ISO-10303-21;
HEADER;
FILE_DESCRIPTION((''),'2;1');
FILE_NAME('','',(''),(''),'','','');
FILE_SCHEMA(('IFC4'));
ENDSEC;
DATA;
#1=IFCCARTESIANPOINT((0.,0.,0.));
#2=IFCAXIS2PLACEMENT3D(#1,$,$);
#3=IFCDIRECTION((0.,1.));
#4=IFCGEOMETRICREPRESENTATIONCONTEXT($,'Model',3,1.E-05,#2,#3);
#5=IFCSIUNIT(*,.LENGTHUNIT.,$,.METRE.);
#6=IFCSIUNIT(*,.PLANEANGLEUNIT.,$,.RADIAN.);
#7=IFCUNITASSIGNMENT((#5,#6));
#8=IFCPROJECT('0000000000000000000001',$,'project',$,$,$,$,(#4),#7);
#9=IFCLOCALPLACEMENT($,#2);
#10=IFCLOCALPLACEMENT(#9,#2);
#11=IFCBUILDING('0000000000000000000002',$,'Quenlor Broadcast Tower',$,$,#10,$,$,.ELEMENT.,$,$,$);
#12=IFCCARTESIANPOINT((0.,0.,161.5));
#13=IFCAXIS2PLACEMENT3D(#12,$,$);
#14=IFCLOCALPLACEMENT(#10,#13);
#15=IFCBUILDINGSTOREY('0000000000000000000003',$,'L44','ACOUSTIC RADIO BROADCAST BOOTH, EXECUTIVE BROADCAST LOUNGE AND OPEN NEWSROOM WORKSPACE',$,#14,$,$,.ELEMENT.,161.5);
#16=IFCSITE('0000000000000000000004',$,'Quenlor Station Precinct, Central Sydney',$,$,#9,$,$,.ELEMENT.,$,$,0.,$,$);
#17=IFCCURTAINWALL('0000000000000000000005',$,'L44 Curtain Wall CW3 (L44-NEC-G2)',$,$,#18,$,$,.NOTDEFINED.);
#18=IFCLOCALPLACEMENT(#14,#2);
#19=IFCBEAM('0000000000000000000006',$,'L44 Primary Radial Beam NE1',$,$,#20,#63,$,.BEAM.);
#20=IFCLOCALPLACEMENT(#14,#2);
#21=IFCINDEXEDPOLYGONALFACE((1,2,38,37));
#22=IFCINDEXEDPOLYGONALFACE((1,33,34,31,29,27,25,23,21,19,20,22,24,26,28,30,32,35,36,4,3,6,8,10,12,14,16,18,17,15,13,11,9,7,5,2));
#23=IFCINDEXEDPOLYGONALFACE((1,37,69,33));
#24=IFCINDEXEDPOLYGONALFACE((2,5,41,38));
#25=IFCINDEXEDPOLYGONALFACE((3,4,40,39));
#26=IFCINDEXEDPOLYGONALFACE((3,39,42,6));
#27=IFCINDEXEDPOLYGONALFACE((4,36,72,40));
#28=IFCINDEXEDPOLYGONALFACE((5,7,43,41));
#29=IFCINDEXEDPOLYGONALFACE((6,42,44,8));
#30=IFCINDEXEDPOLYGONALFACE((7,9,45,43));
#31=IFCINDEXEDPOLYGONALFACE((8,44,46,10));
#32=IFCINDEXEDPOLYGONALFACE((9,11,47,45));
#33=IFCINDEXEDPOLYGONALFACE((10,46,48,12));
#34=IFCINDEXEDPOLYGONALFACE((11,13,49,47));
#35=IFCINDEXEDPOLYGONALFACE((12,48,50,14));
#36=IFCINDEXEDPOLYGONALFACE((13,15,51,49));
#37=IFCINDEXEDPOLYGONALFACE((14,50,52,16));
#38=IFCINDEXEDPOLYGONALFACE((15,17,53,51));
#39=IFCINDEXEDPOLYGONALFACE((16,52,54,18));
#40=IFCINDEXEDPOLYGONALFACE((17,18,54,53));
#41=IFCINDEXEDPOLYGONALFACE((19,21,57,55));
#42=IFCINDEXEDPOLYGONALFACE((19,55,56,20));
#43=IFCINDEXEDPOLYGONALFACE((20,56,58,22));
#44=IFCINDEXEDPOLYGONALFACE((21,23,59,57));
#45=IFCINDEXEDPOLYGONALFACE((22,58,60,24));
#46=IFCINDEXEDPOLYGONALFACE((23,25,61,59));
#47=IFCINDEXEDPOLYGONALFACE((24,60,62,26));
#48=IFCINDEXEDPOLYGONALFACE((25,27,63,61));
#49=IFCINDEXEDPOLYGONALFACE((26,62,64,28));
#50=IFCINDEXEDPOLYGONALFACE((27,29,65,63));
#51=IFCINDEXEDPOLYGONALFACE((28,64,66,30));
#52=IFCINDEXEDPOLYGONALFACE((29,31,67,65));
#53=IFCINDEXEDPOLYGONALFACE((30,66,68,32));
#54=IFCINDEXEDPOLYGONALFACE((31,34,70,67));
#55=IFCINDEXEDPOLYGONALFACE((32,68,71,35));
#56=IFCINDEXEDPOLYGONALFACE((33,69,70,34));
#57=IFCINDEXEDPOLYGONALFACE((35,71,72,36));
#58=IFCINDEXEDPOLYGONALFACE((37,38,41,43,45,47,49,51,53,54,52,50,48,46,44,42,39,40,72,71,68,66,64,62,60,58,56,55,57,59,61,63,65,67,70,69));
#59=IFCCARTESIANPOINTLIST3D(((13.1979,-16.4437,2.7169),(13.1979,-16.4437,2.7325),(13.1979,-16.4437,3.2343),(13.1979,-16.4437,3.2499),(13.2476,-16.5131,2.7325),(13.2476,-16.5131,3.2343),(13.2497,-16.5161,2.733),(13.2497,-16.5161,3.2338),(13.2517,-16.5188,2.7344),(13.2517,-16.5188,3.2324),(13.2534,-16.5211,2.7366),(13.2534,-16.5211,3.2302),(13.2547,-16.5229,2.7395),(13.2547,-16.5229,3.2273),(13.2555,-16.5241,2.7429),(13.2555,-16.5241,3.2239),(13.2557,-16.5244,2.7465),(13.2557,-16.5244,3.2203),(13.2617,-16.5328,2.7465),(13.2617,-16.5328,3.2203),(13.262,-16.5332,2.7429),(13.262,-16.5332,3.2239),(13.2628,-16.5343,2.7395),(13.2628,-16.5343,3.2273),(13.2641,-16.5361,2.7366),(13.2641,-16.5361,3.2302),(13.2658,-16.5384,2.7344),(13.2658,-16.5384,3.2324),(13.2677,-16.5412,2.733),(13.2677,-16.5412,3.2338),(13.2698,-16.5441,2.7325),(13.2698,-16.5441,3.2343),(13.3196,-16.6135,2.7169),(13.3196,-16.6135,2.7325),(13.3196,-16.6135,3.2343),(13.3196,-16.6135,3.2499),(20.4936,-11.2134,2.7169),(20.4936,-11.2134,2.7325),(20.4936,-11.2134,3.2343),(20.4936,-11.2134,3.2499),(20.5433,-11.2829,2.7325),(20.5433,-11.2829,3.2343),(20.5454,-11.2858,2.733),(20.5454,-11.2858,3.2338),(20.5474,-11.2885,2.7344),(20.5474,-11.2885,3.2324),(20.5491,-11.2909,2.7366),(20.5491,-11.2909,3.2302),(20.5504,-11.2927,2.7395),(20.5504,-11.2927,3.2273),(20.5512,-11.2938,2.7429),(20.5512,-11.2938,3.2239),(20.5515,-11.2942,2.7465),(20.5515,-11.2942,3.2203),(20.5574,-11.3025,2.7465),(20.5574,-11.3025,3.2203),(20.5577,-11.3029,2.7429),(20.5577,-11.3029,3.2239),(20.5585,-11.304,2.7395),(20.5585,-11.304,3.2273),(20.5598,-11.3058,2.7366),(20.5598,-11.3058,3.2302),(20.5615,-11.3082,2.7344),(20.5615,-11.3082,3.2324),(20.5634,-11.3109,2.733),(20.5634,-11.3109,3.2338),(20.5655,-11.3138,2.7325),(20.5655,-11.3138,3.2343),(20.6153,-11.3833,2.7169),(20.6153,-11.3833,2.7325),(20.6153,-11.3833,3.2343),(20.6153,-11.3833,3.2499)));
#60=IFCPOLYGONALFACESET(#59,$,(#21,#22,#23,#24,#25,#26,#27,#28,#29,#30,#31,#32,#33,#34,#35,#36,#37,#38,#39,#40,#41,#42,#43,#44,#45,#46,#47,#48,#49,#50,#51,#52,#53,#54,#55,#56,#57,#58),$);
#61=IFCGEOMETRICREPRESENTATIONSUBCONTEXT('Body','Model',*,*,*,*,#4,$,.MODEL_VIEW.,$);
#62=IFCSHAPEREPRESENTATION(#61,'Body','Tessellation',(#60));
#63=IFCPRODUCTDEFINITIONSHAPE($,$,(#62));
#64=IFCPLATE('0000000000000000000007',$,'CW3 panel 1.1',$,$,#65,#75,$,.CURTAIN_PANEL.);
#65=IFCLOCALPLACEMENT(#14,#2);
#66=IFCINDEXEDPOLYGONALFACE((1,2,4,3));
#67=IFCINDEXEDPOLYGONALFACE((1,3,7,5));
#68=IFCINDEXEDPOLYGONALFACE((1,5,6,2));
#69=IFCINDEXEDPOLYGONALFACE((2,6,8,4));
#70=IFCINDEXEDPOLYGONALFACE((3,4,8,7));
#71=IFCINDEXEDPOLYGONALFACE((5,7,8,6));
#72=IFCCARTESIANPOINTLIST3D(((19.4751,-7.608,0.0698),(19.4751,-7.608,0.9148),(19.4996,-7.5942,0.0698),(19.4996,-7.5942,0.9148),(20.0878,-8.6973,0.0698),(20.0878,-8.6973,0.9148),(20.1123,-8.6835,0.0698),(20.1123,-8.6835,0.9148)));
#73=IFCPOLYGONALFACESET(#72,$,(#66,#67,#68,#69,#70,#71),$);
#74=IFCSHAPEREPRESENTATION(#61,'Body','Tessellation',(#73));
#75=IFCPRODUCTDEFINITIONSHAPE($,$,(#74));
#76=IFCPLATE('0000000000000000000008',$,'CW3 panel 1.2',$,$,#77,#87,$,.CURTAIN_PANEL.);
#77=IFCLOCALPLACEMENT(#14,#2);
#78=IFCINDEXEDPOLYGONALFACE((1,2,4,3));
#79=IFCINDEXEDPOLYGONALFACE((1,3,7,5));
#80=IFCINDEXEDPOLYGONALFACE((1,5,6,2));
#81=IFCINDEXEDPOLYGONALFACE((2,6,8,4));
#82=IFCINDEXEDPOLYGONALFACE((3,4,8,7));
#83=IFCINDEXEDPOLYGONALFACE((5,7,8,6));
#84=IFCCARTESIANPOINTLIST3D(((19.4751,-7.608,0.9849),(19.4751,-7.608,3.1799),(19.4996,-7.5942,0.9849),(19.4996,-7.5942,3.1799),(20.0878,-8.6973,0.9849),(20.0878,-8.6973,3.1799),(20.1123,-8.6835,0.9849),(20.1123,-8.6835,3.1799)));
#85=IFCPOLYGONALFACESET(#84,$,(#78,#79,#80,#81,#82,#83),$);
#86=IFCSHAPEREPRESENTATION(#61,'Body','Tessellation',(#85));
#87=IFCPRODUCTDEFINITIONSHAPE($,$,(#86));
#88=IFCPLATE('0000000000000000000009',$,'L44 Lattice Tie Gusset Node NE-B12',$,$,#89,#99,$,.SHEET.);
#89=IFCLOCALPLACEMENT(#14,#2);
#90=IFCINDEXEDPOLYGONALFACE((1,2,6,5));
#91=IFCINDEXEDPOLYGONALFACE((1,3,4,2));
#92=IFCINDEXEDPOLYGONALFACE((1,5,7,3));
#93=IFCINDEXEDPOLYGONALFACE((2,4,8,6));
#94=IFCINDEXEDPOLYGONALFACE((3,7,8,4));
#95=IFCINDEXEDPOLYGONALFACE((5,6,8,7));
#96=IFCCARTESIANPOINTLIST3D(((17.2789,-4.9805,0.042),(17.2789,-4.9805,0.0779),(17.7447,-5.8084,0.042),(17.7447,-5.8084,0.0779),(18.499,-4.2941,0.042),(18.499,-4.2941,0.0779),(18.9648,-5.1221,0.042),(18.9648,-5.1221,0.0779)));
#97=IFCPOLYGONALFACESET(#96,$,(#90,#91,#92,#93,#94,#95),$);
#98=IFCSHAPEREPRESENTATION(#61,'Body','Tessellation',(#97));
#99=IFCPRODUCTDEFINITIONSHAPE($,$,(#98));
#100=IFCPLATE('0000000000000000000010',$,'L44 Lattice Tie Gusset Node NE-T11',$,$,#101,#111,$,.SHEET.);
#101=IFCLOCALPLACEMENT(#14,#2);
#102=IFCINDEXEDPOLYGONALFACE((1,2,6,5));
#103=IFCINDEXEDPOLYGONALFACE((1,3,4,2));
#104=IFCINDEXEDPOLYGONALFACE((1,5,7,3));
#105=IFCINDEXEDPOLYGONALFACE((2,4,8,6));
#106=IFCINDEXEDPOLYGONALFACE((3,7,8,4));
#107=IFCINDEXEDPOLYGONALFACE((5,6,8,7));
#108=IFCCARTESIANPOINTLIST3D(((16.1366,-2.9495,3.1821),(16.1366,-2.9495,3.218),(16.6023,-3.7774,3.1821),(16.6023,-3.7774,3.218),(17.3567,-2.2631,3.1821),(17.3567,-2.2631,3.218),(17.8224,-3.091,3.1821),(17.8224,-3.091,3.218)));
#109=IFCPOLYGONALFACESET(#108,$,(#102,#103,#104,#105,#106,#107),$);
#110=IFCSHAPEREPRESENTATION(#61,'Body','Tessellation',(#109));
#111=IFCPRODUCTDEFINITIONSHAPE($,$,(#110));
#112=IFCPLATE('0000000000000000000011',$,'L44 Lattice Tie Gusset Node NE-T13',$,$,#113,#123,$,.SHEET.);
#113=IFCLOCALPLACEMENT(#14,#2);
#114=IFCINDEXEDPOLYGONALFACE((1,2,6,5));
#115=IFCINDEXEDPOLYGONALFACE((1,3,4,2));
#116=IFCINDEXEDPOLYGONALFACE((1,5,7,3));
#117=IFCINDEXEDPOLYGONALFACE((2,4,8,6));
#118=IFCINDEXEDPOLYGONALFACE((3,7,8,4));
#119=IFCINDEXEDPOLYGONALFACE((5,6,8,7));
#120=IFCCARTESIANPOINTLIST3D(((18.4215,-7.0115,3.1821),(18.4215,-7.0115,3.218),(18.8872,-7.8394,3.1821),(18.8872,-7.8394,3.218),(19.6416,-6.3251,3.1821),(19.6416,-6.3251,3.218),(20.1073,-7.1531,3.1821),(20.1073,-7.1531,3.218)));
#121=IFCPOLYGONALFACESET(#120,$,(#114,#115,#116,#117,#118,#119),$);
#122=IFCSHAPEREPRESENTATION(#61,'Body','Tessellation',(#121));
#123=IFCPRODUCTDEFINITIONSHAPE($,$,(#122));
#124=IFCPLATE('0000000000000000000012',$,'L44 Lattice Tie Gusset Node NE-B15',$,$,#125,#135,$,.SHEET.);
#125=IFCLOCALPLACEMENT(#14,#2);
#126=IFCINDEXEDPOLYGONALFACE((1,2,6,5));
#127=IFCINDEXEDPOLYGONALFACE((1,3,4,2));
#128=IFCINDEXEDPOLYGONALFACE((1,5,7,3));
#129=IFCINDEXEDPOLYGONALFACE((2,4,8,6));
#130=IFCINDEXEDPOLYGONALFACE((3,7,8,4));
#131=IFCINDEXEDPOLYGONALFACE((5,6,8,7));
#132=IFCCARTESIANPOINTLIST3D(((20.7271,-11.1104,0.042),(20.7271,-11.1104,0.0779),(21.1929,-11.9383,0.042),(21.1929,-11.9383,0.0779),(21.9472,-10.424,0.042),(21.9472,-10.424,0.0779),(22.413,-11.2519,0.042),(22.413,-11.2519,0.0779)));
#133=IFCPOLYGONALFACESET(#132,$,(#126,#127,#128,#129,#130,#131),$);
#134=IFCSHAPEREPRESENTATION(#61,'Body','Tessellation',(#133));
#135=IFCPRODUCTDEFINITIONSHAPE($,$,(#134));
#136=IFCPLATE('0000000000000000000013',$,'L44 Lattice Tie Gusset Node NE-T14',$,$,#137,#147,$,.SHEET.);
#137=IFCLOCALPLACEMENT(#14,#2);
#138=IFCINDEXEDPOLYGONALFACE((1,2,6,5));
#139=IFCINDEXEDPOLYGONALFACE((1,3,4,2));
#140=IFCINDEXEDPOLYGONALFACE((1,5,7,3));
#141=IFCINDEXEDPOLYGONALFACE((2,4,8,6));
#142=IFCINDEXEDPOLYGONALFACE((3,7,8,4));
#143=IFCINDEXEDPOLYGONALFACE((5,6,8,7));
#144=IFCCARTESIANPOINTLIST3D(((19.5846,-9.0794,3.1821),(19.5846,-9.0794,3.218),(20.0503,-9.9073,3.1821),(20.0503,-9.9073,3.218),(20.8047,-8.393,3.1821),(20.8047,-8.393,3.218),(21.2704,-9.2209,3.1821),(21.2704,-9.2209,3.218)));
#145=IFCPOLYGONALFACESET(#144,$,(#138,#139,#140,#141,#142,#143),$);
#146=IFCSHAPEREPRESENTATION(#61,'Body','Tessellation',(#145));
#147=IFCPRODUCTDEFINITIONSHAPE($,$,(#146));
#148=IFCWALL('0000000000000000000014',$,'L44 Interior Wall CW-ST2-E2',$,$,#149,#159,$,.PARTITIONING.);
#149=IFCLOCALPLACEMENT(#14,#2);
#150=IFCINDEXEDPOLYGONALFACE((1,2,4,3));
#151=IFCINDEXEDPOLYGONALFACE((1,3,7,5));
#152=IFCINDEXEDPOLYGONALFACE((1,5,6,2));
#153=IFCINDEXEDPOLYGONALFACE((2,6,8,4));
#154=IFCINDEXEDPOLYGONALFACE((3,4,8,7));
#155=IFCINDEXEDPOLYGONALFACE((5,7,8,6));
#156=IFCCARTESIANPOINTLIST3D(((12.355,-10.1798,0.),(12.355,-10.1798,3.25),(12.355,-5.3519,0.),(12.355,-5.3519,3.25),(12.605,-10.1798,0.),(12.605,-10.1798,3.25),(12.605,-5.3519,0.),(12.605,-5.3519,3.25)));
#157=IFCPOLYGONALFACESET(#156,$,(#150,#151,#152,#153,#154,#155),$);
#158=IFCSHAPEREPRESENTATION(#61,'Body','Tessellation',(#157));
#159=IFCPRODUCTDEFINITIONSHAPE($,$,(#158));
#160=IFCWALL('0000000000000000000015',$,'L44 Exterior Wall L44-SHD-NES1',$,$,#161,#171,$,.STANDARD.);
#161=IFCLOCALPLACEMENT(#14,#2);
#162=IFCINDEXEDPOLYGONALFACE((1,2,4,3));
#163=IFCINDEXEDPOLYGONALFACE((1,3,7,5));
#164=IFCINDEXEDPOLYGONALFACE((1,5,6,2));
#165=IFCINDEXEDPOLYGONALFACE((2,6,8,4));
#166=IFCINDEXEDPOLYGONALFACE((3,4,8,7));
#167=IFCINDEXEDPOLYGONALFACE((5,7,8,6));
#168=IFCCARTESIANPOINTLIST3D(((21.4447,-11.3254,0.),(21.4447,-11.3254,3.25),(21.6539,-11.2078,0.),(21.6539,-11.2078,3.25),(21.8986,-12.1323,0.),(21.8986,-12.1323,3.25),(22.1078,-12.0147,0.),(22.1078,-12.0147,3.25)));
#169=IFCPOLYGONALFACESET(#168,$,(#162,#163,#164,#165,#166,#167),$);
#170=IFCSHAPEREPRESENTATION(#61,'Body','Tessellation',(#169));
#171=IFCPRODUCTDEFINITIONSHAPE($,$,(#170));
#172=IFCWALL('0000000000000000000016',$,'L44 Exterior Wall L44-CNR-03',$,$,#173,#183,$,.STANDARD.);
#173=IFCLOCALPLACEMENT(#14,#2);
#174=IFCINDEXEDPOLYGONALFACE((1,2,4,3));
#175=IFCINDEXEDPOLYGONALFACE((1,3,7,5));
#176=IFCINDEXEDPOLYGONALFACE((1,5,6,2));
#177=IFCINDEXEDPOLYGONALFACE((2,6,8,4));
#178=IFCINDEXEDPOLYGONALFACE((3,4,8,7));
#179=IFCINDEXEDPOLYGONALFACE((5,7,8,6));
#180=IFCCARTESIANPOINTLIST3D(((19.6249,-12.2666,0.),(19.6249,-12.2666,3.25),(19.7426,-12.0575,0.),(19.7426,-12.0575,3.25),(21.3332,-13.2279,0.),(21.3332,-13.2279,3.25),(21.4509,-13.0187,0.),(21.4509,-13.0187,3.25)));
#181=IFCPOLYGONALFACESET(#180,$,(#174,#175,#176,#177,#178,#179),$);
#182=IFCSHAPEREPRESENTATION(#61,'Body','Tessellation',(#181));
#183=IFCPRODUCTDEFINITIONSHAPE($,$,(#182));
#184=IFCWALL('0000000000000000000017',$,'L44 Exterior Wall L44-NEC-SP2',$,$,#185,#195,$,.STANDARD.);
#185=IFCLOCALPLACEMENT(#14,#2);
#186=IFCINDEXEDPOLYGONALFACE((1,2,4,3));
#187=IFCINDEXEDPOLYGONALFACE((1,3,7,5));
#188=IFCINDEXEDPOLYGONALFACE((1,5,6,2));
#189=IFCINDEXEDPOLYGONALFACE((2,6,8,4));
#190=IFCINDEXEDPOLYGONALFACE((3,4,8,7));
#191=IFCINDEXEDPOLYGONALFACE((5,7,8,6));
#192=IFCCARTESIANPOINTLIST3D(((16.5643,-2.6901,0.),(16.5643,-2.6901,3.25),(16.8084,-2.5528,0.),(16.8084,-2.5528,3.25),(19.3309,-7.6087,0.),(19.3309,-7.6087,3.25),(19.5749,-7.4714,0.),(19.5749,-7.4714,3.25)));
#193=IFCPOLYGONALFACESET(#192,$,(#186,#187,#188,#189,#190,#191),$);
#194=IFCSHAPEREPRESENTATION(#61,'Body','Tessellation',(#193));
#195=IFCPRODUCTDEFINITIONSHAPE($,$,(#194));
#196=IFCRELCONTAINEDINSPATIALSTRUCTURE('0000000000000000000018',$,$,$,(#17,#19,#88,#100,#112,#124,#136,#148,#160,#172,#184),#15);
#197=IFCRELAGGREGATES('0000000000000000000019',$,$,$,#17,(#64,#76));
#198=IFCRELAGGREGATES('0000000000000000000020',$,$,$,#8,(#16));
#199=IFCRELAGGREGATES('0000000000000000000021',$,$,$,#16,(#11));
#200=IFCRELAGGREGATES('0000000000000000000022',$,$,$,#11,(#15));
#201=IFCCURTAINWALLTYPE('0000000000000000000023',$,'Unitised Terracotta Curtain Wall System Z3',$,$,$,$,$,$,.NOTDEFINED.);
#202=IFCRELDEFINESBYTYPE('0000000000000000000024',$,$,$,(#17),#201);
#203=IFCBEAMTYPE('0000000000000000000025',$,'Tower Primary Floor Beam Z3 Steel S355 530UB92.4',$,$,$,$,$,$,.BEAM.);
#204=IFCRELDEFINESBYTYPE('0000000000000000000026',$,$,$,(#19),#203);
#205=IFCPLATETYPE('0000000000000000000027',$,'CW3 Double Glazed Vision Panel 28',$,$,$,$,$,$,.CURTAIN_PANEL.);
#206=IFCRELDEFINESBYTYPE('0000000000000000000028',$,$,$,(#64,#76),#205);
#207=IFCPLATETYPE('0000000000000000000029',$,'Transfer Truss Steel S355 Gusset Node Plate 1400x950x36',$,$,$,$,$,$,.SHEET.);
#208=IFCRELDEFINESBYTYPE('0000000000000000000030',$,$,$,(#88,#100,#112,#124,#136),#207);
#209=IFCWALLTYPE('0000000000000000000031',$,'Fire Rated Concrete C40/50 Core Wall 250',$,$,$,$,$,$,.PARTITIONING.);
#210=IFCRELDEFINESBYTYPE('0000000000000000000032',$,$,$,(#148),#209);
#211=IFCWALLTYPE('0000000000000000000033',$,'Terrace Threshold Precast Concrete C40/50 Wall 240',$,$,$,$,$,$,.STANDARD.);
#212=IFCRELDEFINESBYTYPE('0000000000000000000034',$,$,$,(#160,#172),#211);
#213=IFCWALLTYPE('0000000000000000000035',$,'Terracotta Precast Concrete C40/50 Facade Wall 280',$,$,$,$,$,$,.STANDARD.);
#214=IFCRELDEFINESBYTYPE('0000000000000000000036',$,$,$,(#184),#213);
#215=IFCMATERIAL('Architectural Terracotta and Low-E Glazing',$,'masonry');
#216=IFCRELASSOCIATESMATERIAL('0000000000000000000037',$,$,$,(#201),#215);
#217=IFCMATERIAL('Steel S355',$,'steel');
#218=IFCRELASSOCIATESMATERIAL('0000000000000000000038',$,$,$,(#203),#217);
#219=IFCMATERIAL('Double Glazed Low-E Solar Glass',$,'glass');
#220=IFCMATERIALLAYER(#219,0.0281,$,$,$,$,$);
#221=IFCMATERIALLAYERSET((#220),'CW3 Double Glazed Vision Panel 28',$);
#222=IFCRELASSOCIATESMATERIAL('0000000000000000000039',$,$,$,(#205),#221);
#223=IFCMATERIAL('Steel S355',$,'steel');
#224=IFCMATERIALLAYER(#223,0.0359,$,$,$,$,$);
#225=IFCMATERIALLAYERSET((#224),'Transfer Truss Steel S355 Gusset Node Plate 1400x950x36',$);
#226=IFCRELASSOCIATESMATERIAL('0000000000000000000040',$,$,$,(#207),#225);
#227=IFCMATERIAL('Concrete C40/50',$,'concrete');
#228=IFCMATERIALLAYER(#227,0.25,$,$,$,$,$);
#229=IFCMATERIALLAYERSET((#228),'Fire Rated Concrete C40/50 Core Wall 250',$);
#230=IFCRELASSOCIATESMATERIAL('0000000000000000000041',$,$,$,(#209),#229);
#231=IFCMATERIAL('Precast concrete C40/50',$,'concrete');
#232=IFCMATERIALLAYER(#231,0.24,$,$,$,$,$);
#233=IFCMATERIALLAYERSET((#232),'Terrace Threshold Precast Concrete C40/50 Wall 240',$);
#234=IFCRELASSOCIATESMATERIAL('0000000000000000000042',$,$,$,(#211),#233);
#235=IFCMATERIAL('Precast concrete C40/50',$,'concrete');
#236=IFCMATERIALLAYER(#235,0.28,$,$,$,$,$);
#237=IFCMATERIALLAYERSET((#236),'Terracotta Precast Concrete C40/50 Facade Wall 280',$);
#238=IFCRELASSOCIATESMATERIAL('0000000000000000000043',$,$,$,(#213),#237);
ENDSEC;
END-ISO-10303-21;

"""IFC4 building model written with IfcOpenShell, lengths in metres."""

from ifc_helpers import new_model, si_unit, direction, frame, frame_2d, origin, origin_2d, place, context, subcontext, project, spatial, rectangle, i_section, extrude, material, layer, layer_set, material_profile, profile_set, type_object, element, aggregate, save


model = new_model("IFC4")

# Units and contexts
model_context = context("Model", 3, precision=1e-05, world=origin(), true_north=direction((0.0, 1.0)))
body_context = subcontext(model_context, "Body", "Model", "MODEL_VIEW")
ifc_project = project(units=[si_unit("LENGTHUNIT", "METRE"), si_unit("PLANEANGLEUNIT", "RADIAN")], contexts=[model_context])

# Site, building, storey
site_placement = place(None, origin())
site = spatial("IfcSite", under=ifc_project, at=site_placement, Name="Quenlor Station Precinct, Central Sydney", CompositionType="ELEMENT", RefElevation=0.0)
building_placement = place(site_placement, origin())
building = spatial("IfcBuilding", under=site, at=building_placement, Name="Quenlor Broadcast Tower", CompositionType="ELEMENT")
storey_placement = place(building_placement, frame((0.0, 0.0, 161.5)))
storey = spatial("IfcBuildingStorey", under=building, at=storey_placement, Name="L44", Description="ACOUSTIC RADIO BROADCAST BOOTH, EXECUTIVE BROADCAST LOUNGE AND OPEN NEWSROOM WORKSPACE", CompositionType="ELEMENT", Elevation=161.5)

# Shared definitions
ifc_material_1 = material(Name="Architectural Terracotta and Low-E Glazing", Category="masonry")
curtain_wall_type = type_object("IfcCurtainWallType", Name="Unitised Terracotta Curtain Wall System Z3", PredefinedType="NOTDEFINED", material=ifc_material_1)

# Curtain wall
curtain_wall_1_placement = place(storey_placement, origin())
curtain_wall_1 = element("IfcCurtainWall", 1, at=curtain_wall_1_placement, inside=storey, type_object=curtain_wall_type, Name="L44 Curtain Wall CW3 (L44-NEC-G2)", PredefinedType="NOTDEFINED")

# Beam
ifc_material_2 = material(Name="Steel S355", Category="steel")
ifc_material_profile_1 = material_profile(ifc_material_2, i_section(OverallWidth=0.209, OverallDepth=0.533, WebThickness=0.0103, FlangeThickness=0.0156, FilletRadius=0.0139, at=origin_2d()))
ifc_profile_set_1 = profile_set([ifc_material_profile_1], Name="Steel S355 530UB92.4")
beam_type_1 = type_object("IfcBeamType", Name="Tower Primary Floor Beam Z3 Steel S355 530UB92.4", PredefinedType="BEAM", material=ifc_profile_set_1)
beam_1_placement = place(storey_placement, frame((20.5544, -11.2983, 2.9834), z_axis=(-0.812729, -0.582642, 0.0), x_axis=(0.582642, -0.812729, 0.0)))
element("IfcBeam", 2, at=beam_1_placement, inside=storey, type_object=beam_type_1, Name="L44 Primary Radial Beam NE1", PredefinedType="BEAM", context=body_context, shape_type="SweptSolid", body=[
    extrude(i_section(OverallWidth=0.209, OverallDepth=0.533, WebThickness=0.0103, FlangeThickness=0.0156, FilletRadius=0.0139, at=origin_2d()), origin(), (0.0, 0.0, 1.0), 8.9768),
])

# Plates
ifc_material_3 = material(Name="Double Glazed Low-E Solar Glass", Category="glass")
ifc_layer_1 = layer(ifc_material_3, 0.0281)
ifc_layer_set_1 = layer_set([ifc_layer_1], Name="CW3 Double Glazed Vision Panel 28")
plate_type_1 = type_object("IfcPlateType", Name="CW3 Double Glazed Vision Panel 28", PredefinedType="CURTAIN_PANEL", material=ifc_layer_set_1)
plate_1_placement = place(storey_placement, frame((19.7937, -8.1458, 0.0698), z_axis=(0.0, 0.0, 1.0), x_axis=(0.490261, -0.871576, 0.0)))
plate_1 = element("IfcPlate", 3, at=plate_1_placement, type_object=plate_type_1, Name="CW3 panel 1.1", PredefinedType="CURTAIN_PANEL", context=body_context, shape_type="SweptSolid", body=[
    extrude(rectangle(XDim=1.2498, YDim=0.0281, at=origin_2d()), origin(), (0.0, 0.0, 1.0), 0.845),
])
plate_2_placement = place(storey_placement, frame((19.7937, -8.1458, 0.9849), z_axis=(0.0, 0.0, 1.0), x_axis=(0.490261, -0.871576, 0.0)))
plate_2 = element("IfcPlate", 4, at=plate_2_placement, type_object=plate_type_1, Name="CW3 panel 1.2", PredefinedType="CURTAIN_PANEL", context=body_context, shape_type="SweptSolid", body=[
    extrude(rectangle(XDim=1.2498, YDim=0.0281, at=origin_2d()), origin(), (0.0, 0.0, 1.0), 2.1951),
])
aggregate(curtain_wall_1, [plate_1, plate_2])

# Plates
ifc_material_4 = material(Name="Steel S355", Category="steel")
ifc_layer_2 = layer(ifc_material_4, 0.0359)
ifc_layer_set_2 = layer_set([ifc_layer_2], Name="Transfer Truss Steel S355 Gusset Node Plate 1400x950x36")
plate_type_2 = type_object("IfcPlateType", Name="Transfer Truss Steel S355 Gusset Node Plate 1400x950x36", PredefinedType="SHEET", material=ifc_layer_set_2)
for number, where, z_axis, x_axis, name in (
    (5, (18.1218, -5.0513, 0.042), (0.0, 0.0, 1.0), (0.871556, 0.490295, 0.0), "L44 Lattice Tie Gusset Node NE-B12"),
    (6, (16.9795, -3.0203, 3.1821), (0.0, 0.0, 1.0), (0.871556, 0.490295, 0.0), "L44 Lattice Tie Gusset Node NE-T11"),
    (7, (19.2644, -7.0823, 3.1821), (0.0, 0.0, 1.0), (0.871556, 0.490295, 0.0), "L44 Lattice Tie Gusset Node NE-T13"),
    (8, (21.5701, -11.1812, 0.042), (0.0, 0.0, 1.0), (0.871556, 0.490295, 0.0), "L44 Lattice Tie Gusset Node NE-B15"),
    (9, (20.4275, -9.1501, 3.1821), (0.0, 0.0, 1.0), (0.871556, 0.490295, 0.0), "L44 Lattice Tie Gusset Node NE-T14"),
):
    element("IfcPlate", number, at=place(storey_placement, frame(where, z_axis=z_axis, x_axis=x_axis)), inside=storey, type_object=plate_type_2, Name=name, PredefinedType="SHEET", context=body_context, shape_type="SweptSolid", body=[
        extrude(rectangle(XDim=1.3999, YDim=0.95, at=origin_2d()), origin(), (0.0, 0.0, 1.0), 0.0359),
    ])

# Wall
ifc_material_5 = material(Name="Concrete C40/50", Category="concrete")
ifc_layer_3 = layer(ifc_material_5, 0.25)
ifc_layer_set_3 = layer_set([ifc_layer_3], Name="Fire Rated Concrete C40/50 Core Wall 250")
wall_type_1 = type_object("IfcWallType", Name="Fire Rated Concrete C40/50 Core Wall 250", PredefinedType="PARTITIONING", material=ifc_layer_set_3)
wall_1_placement = place(storey_placement, frame((12.48, -10.1799, 0.0), z_axis=(0.0, 0.0, 1.0), x_axis=(0.0, 1.0, 0.0)))
element("IfcWall", 10, at=wall_1_placement, inside=storey, type_object=wall_type_1, Name="L44 Interior Wall CW-ST2-E2", PredefinedType="PARTITIONING", context=body_context, shape_type="SweptSolid", body=[
    extrude(rectangle(XDim=4.8279, YDim=0.25, at=frame_2d((2.4141, 0.0))), origin(), (0.0, 0.0, 1.0), 3.25),
])

# Walls
ifc_material_6 = material(Name="Precast concrete C40/50", Category="concrete")
ifc_layer_4 = layer(ifc_material_6, 0.24)
ifc_layer_set_4 = layer_set([ifc_layer_4], Name="Terrace Threshold Precast Concrete C40/50 Wall 240")
wall_type_2 = type_object("IfcWallType", Name="Terrace Threshold Precast Concrete C40/50 Wall 240", PredefinedType="STANDARD", material=ifc_layer_set_4)
wall_2_placement = place(storey_placement, frame((21.5493, -11.2666, 0.0), z_axis=(0.0, 0.0, 1.0), x_axis=(0.490249, -0.871583, 0.0)))
element("IfcWall", 11, at=wall_2_placement, inside=storey, type_object=wall_type_2, Name="L44 Exterior Wall L44-SHD-NES1", PredefinedType="STANDARD", context=body_context, shape_type="SweptSolid", body=[
    extrude(rectangle(XDim=0.9258, YDim=0.24, at=frame_2d((0.4629, 0.0))), origin(), (0.0, 0.0, 1.0), 3.25),
])
wall_3_placement = place(storey_placement, frame((19.6838, -12.1621, 0.0), z_axis=(0.0, 0.0, 1.0), x_axis=(0.871512, -0.490374, 0.0)))
element("IfcWall", 12, at=wall_3_placement, inside=storey, type_object=wall_type_2, Name="L44 Exterior Wall L44-CNR-03", PredefinedType="STANDARD", context=body_context, shape_type="SweptSolid", body=[
    extrude(rectangle(XDim=1.9602, YDim=0.24, at=frame_2d((0.98, 0.0))), origin(), (0.0, 0.0, 1.0), 3.25),
])
ifc_material_7 = material(Name="Precast concrete C40/50", Category="concrete")
ifc_layer_5 = layer(ifc_material_7, 0.28)
ifc_layer_set_5 = layer_set([ifc_layer_5], Name="Terracotta Precast Concrete C40/50 Facade Wall 280")
wall_type_3 = type_object("IfcWallType", Name="Terracotta Precast Concrete C40/50 Facade Wall 280", PredefinedType="STANDARD", material=ifc_layer_set_5)
wall_4_placement = place(storey_placement, frame((16.6863, -2.6213, 0.0), z_axis=(0.0, 0.0, 1.0), x_axis=(0.490239, -0.871588, 0.0)))
element("IfcWall", 13, at=wall_4_placement, inside=storey, type_object=wall_type_3, Name="L44 Exterior Wall L44-NEC-SP2", PredefinedType="STANDARD", context=body_context, shape_type="SweptSolid", body=[
    extrude(rectangle(XDim=5.6433, YDim=0.28, at=frame_2d((2.8218, 0.0))), origin(), (0.0, 0.0, 1.0), 3.25),
])

save(model, "model.ifc")
